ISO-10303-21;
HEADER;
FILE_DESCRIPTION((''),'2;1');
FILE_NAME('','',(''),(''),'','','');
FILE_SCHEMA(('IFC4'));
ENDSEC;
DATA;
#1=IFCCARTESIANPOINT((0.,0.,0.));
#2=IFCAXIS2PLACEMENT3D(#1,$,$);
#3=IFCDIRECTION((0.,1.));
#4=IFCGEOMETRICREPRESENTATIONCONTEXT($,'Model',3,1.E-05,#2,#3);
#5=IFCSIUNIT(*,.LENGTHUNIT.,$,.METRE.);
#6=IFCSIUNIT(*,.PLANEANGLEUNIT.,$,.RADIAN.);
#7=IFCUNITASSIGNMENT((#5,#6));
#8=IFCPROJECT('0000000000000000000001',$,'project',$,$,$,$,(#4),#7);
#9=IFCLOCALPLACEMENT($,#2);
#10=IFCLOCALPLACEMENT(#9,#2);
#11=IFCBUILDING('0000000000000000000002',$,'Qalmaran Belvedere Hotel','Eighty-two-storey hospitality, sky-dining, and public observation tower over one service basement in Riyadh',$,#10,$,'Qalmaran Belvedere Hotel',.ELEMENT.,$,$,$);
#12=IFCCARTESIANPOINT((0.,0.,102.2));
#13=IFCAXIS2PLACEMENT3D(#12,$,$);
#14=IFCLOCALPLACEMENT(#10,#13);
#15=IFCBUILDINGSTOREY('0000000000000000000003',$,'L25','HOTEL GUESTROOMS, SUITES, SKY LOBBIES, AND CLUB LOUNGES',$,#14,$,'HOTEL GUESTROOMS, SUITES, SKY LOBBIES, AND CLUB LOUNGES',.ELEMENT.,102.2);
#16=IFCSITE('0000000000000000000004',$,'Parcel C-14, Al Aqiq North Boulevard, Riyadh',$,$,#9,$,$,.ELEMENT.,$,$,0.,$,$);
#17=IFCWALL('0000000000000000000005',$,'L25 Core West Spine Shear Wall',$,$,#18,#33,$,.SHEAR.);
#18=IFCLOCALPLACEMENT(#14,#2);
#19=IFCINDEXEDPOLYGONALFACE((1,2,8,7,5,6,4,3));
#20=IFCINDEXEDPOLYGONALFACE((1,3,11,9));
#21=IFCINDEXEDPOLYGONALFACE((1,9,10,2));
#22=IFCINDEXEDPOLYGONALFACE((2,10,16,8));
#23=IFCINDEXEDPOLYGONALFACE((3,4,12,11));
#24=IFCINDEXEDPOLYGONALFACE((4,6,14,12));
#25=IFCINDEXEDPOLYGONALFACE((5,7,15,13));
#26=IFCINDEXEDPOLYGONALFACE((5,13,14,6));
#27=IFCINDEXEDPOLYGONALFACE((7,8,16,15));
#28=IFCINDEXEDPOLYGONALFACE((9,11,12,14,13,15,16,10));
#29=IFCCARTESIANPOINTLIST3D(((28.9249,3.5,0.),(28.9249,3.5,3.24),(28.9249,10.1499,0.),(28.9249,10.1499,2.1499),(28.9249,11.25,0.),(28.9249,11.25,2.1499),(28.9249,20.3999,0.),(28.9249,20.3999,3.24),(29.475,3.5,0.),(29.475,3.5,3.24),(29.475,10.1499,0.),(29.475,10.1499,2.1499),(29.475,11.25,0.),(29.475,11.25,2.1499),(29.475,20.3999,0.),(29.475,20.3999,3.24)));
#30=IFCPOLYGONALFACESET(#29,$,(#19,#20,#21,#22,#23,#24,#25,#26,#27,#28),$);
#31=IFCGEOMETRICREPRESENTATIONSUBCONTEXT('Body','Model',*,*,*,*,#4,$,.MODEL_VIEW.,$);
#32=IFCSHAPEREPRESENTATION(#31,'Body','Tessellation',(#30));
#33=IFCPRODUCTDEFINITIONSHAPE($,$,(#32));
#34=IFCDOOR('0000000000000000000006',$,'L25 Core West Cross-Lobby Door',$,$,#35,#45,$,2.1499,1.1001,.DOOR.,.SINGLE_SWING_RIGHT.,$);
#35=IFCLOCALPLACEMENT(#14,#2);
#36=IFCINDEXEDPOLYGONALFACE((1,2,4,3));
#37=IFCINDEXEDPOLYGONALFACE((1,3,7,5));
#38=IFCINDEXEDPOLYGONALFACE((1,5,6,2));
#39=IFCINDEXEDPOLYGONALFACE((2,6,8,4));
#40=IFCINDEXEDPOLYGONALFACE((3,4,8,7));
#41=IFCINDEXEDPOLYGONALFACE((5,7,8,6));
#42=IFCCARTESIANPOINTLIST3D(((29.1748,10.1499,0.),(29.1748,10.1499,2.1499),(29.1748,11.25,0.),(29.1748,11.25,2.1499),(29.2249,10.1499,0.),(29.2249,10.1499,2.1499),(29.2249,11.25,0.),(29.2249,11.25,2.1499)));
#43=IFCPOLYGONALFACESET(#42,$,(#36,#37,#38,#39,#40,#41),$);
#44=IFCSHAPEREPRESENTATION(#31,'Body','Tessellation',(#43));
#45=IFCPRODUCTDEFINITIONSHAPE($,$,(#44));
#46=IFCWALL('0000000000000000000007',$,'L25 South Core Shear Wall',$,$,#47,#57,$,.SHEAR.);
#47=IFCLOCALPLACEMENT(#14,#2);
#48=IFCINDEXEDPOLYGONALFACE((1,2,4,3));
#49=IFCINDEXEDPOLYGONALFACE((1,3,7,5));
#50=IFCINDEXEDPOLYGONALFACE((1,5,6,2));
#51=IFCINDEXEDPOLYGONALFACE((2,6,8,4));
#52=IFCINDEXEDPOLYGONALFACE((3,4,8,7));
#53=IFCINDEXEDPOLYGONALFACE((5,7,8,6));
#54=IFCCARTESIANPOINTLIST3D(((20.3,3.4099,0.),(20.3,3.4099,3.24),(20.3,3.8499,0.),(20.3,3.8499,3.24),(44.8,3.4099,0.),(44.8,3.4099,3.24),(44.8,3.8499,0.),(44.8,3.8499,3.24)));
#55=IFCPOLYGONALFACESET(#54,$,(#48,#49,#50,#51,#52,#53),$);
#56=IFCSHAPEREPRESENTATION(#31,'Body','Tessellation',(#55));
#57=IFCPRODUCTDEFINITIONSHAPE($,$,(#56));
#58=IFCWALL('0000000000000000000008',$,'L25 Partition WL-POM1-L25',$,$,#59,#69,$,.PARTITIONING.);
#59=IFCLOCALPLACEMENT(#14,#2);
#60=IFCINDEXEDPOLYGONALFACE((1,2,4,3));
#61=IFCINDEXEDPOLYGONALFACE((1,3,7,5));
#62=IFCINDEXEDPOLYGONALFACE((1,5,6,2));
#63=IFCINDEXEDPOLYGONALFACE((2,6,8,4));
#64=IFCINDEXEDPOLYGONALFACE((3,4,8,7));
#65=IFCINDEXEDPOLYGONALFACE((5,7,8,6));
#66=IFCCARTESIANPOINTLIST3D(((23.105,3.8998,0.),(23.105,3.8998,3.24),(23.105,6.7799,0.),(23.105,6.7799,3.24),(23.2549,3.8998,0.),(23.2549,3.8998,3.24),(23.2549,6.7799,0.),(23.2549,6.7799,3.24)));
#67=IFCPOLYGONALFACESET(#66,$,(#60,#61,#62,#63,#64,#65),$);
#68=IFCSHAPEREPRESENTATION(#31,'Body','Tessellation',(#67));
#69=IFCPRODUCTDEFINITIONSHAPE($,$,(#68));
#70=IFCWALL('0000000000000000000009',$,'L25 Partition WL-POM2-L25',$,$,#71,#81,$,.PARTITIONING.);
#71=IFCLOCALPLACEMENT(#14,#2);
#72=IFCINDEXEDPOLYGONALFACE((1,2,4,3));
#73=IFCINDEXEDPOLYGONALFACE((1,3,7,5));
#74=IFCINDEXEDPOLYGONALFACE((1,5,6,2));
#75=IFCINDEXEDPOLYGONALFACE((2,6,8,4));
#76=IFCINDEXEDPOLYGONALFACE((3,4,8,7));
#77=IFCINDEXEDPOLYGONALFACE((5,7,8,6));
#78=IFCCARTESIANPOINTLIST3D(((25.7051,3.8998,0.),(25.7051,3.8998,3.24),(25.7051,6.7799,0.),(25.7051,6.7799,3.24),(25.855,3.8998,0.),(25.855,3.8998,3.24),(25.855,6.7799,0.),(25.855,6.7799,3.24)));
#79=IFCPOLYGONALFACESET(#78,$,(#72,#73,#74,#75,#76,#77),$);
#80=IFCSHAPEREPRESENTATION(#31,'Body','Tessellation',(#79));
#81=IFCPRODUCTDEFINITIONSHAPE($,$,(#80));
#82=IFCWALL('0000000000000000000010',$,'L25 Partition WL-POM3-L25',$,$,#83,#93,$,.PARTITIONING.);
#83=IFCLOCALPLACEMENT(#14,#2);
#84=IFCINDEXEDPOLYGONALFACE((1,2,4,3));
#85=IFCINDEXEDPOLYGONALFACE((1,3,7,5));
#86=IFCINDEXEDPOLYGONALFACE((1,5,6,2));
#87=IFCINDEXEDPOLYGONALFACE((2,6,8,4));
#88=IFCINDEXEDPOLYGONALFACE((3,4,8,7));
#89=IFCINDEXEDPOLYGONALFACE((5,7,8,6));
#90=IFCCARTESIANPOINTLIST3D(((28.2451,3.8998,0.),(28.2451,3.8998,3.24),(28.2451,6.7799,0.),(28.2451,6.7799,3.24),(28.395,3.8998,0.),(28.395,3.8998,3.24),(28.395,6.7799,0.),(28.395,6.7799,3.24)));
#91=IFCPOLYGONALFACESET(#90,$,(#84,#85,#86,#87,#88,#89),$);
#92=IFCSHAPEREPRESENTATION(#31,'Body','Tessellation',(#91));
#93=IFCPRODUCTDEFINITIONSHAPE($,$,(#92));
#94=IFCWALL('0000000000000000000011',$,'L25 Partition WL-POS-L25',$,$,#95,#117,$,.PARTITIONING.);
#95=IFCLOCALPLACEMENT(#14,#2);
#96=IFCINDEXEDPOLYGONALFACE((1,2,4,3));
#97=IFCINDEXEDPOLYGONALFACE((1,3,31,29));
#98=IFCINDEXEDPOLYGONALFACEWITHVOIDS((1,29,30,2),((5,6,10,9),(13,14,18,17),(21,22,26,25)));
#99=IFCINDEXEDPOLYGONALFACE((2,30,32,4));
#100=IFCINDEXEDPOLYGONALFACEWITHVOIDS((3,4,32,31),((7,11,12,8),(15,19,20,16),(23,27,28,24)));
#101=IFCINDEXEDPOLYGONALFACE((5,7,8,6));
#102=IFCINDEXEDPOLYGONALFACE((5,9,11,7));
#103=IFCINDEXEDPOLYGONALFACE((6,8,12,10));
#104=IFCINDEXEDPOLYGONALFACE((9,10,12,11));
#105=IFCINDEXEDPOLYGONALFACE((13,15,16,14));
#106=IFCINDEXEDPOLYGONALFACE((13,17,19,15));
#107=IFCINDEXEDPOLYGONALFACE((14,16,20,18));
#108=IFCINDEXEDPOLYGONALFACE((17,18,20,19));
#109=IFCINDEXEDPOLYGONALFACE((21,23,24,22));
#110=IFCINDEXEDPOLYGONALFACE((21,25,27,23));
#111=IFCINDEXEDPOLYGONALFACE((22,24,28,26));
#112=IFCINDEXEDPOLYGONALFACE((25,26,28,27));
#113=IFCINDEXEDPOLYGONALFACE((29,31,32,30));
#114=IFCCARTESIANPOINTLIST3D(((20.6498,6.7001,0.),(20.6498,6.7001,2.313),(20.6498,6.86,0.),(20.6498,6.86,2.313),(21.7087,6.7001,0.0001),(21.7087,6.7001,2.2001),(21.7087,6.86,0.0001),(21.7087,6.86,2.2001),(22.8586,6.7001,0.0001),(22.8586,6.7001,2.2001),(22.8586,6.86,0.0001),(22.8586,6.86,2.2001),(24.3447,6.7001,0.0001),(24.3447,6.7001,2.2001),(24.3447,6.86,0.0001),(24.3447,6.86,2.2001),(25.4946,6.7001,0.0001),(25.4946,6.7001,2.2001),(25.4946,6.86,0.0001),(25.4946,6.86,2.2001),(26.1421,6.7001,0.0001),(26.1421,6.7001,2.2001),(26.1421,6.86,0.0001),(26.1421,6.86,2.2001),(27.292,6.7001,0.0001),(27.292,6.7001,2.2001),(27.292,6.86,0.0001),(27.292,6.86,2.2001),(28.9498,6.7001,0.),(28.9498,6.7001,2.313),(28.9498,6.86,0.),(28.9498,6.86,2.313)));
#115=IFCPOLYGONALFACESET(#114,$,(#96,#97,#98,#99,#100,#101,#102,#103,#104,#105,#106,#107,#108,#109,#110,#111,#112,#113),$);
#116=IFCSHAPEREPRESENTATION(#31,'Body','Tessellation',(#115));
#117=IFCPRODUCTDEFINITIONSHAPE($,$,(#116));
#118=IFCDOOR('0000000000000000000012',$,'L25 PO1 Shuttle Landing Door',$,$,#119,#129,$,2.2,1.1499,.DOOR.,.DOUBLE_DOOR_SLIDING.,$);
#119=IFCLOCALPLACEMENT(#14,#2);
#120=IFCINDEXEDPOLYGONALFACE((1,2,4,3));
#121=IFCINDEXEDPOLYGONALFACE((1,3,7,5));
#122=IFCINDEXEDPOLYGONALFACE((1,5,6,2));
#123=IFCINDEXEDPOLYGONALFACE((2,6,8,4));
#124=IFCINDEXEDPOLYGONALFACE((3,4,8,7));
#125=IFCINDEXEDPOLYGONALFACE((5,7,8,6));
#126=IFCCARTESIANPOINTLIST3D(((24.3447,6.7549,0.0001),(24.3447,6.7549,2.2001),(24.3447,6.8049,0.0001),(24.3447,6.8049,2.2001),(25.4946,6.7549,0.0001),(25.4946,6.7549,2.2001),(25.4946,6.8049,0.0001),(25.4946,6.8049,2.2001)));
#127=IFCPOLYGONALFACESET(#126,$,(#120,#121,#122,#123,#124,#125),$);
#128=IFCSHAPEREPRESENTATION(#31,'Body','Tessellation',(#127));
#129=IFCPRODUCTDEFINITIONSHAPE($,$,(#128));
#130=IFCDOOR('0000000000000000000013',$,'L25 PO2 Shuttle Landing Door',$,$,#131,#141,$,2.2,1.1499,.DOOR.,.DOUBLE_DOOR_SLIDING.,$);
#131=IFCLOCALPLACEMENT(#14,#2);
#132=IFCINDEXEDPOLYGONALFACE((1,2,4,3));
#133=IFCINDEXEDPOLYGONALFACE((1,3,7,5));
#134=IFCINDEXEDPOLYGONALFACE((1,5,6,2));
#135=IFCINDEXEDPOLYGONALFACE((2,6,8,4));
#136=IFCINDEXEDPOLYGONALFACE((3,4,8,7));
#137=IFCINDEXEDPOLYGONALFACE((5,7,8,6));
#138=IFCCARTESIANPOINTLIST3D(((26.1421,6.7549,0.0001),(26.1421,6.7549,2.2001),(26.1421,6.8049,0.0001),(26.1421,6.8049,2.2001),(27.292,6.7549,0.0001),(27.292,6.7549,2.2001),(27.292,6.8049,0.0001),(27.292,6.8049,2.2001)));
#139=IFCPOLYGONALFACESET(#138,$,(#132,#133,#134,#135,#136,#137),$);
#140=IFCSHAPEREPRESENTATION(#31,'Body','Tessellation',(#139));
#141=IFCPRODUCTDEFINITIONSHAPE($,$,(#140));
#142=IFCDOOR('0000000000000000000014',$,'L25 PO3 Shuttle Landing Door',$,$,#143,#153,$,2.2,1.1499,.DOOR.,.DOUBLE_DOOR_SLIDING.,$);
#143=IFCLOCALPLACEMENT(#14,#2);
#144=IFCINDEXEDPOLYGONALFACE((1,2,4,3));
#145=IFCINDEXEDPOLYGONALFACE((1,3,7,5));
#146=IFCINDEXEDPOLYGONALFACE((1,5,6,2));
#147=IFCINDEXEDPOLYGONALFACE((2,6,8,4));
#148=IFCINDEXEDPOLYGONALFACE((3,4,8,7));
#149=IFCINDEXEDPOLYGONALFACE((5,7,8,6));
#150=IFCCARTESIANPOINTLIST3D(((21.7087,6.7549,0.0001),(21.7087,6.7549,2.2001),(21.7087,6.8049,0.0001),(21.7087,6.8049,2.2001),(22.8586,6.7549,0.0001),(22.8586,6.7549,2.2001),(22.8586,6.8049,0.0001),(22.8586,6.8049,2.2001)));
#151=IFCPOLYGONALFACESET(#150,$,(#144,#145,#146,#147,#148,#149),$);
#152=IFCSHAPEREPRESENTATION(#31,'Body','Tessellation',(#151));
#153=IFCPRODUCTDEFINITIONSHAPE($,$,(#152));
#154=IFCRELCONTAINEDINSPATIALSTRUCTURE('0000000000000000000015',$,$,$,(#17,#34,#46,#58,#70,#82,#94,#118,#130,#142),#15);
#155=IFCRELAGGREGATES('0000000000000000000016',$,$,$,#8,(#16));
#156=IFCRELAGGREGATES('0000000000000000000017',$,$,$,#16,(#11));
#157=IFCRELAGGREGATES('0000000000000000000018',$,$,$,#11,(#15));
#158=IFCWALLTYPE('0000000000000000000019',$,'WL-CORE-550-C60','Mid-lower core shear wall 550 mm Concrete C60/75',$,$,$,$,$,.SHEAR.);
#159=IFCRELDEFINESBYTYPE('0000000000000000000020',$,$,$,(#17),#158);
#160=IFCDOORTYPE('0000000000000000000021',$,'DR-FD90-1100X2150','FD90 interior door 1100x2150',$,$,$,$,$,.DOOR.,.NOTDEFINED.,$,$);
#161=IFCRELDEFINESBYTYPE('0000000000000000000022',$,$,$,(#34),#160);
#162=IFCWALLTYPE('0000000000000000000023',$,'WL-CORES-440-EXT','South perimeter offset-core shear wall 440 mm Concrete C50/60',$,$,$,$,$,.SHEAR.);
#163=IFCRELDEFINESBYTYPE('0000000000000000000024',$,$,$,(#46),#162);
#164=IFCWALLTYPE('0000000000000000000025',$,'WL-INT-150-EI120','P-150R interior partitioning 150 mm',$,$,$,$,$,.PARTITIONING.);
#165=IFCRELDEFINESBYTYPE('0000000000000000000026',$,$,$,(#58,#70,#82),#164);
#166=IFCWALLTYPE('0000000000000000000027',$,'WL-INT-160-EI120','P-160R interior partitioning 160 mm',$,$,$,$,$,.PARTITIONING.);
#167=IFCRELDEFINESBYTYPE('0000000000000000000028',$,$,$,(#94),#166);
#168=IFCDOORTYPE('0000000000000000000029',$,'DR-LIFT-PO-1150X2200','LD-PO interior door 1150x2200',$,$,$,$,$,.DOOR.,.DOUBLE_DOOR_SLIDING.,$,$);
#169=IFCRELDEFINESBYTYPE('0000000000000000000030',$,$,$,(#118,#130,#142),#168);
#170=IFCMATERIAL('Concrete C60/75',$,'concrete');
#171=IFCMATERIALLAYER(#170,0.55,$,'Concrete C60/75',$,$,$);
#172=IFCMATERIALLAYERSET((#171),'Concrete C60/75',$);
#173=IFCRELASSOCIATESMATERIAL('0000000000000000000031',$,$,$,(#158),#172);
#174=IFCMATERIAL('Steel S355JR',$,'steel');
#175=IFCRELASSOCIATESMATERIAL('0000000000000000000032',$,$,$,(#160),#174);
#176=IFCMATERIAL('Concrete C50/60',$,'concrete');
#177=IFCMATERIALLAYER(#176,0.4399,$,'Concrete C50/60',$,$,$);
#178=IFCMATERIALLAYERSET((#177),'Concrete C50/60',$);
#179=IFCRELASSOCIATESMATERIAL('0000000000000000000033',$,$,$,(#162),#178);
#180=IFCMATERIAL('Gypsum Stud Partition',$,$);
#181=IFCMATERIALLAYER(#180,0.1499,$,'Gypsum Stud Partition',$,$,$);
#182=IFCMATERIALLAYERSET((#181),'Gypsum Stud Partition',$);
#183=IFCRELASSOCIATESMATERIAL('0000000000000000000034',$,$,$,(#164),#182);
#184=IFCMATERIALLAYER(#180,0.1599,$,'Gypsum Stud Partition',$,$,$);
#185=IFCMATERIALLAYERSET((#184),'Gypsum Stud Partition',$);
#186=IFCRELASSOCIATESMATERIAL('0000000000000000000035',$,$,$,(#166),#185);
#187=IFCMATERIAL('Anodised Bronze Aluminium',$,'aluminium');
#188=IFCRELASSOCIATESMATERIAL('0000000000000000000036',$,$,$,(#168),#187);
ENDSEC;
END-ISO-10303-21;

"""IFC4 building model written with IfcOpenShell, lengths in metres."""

from ifc_helpers import new_model, si_unit, direction, frame, frame_2d, origin, place, context, subcontext, project, spatial, rectangle, extrude, material, layer, layer_set, type_object, element, fill, save


model = new_model("IFC4")

# Units and contexts
model_context = context("Model", 3, precision=1e-05, world=origin(), true_north=direction((0.0, 1.0)))
body_context = subcontext(model_context, "Body", "Model", "MODEL_VIEW")
ifc_project = project(units=[si_unit("LENGTHUNIT", "METRE"), si_unit("PLANEANGLEUNIT", "RADIAN")], contexts=[model_context])

# Site, building, storey
site_placement = place(None, origin())
site = spatial("IfcSite", under=ifc_project, at=site_placement, Name="Parcel C-14, Al Aqiq North Boulevard, Riyadh", CompositionType="ELEMENT", RefElevation=0.0)
building_placement = place(site_placement, origin())
building = spatial("IfcBuilding", under=site, at=building_placement, Name="Qalmaran Belvedere Hotel", Description="Eighty-two-storey hospitality, sky-dining, and public observation tower over one service basement in Riyadh", LongName="Qalmaran Belvedere Hotel", CompositionType="ELEMENT")
storey_placement = place(building_placement, frame((0.0, 0.0, 102.2)))
storey = spatial("IfcBuildingStorey", under=building, at=storey_placement, Name="L25", Description="HOTEL GUESTROOMS, SUITES, SKY LOBBIES, AND CLUB LOUNGES", LongName="HOTEL GUESTROOMS, SUITES, SKY LOBBIES, AND CLUB LOUNGES", CompositionType="ELEMENT", Elevation=102.2)

# Shared definitions
ifc_material_1 = material(Name="Concrete C60/75", Category="concrete")

# Shared definitions
ifc_material_2 = material(Name="Steel S355JR", Category="steel")

# Shared definitions
ifc_material_3 = material(Name="Anodised Bronze Aluminium", Category="aluminium")

# Shared definitions
ifc_layer_1 = layer(ifc_material_1, 0.55, Name="Concrete C60/75")
ifc_layer_set_1 = layer_set([ifc_layer_1], Name="Concrete C60/75")
wall_type_1 = type_object("IfcWallType", Name="WL-CORE-550-C60", Description="Mid-lower core shear wall 550 mm Concrete C60/75", PredefinedType="SHEAR", material=ifc_layer_set_1)

# Wall, opening, door
wall_1_placement = place(storey_placement, frame((29.2, 3.5, 0.0), z_axis=(0.0, 0.0, 1.0), x_axis=(0.0, 1.0, 0.0)))
wall_1 = element("IfcWall", 1, at=wall_1_placement, inside=storey, type_object=wall_type_1, Name="L25 Core West Spine Shear Wall", PredefinedType="SHEAR", context=body_context, shape_type="SweptSolid", body=[
    extrude(rectangle(XDim=16.8999, YDim=0.55, at=frame_2d((8.45, 0.0))), origin(), (0.0, 0.0, 1.0), 3.24),
])
opening_1_placement = place(wall_1_placement, frame((7.75, 0.0, 0.0), z_axis=(0.0, 0.0, 1.0), x_axis=(-1.0, 0.0, 0.0)))
opening_1 = element("IfcOpeningElement", 2, at=opening_1_placement, cuts=wall_1, PredefinedType="OPENING", context=body_context, shape_type="SweptSolid", body=[
    extrude(rectangle(XDim=1.1001, YDim=2.1499, at=frame_2d((0.55, 1.075))), frame((0.0, 0.2852, 0.0), z_axis=(0.0, -1.0, 0.0), x_axis=(1.0, 0.0, 0.0)), (0.0, 0.0, 1.0), 0.5701),
])
door_type_1 = type_object("IfcDoorType", Name="DR-FD90-1100X2150", Description="FD90 interior door 1100x2150", OperationType="NOTDEFINED", PredefinedType="DOOR", material=ifc_material_2)
door_1_placement = place(opening_1_placement, origin())
door_1 = element("IfcDoor", 3, at=door_1_placement, inside=storey, type_object=door_type_1, Name="L25 Core West Cross-Lobby Door", OperationType="SINGLE_SWING_RIGHT", OverallHeight=2.1499, OverallWidth=1.1001, PredefinedType="DOOR", context=body_context, shape_type="SweptSolid", body=[
    extrude(rectangle(XDim=1.1001, YDim=2.1499, at=frame_2d((0.55, 1.075))), frame((0.0, 0.0249, 0.0), z_axis=(0.0, -1.0, 0.0), x_axis=(1.0, 0.0, 0.0)), (0.0, 0.0, 1.0), 0.05),
])
fill(opening_1, door_1)

# Walls
ifc_material_4 = material(Name="Concrete C50/60", Category="concrete")
ifc_layer_2 = layer(ifc_material_4, 0.4399, Name="Concrete C50/60")
ifc_layer_set_2 = layer_set([ifc_layer_2], Name="Concrete C50/60")
wall_type_2 = type_object("IfcWallType", Name="WL-CORES-440-EXT", Description="South perimeter offset-core shear wall 440 mm Concrete C50/60", PredefinedType="SHEAR", material=ifc_layer_set_2)
wall_2_placement = place(storey_placement, frame((20.3, 3.6299, 0.0), z_axis=(0.0, 0.0, 1.0), x_axis=(1.0, 0.0, 0.0)))
element("IfcWall", 4, at=wall_2_placement, inside=storey, type_object=wall_type_2, Name="L25 South Core Shear Wall", PredefinedType="SHEAR", context=body_context, shape_type="SweptSolid", body=[
    extrude(rectangle(XDim=24.5, YDim=0.4399, at=frame_2d((12.25, 0.0))), origin(), (0.0, 0.0, 1.0), 3.24),
])
ifc_material_5 = material(Name="Gypsum Stud Partition")
ifc_layer_3 = layer(ifc_material_5, 0.1499, Name="Gypsum Stud Partition")
ifc_layer_set_3 = layer_set([ifc_layer_3], Name="Gypsum Stud Partition")
wall_type_3 = type_object("IfcWallType", Name="WL-INT-150-EI120", Description="P-150R interior partitioning 150 mm", PredefinedType="PARTITIONING", material=ifc_layer_set_3)
for number, where, z_axis, x_axis, name in (
    (5, (23.1799, 3.8999, 0.0), (0.0, 0.0, 1.0), (0.0, 1.0, 0.0), "L25 Partition WL-POM1-L25"),
    (6, (25.78, 3.8999, 0.0), (0.0, 0.0, 1.0), (0.0, 1.0, 0.0), "L25 Partition WL-POM2-L25"),
    (7, (28.3201, 3.8999, 0.0), (0.0, 0.0, 1.0), (0.0, 1.0, 0.0), "L25 Partition WL-POM3-L25"),
):
    element("IfcWall", number, at=place(storey_placement, frame(where, z_axis=z_axis, x_axis=x_axis)), inside=storey, type_object=wall_type_3, Name=name, PredefinedType="PARTITIONING", context=body_context, shape_type="SweptSolid", body=[
        extrude(rectangle(XDim=2.8801, YDim=0.1499, at=frame_2d((1.4399, 0.0))), origin(), (0.0, 0.0, 1.0), 3.24),
    ])

# Wall, openings, doors
ifc_layer_4 = layer(ifc_material_5, 0.1599, Name="Gypsum Stud Partition")
ifc_layer_set_4 = layer_set([ifc_layer_4], Name="Gypsum Stud Partition")
wall_type_4 = type_object("IfcWallType", Name="WL-INT-160-EI120", Description="P-160R interior partitioning 160 mm", PredefinedType="PARTITIONING", material=ifc_layer_set_4)
wall_3_placement = place(storey_placement, frame((20.6499, 6.78, 0.0), z_axis=(0.0, 0.0, 1.0), x_axis=(1.0, 0.0, 0.0)))
wall_3 = element("IfcWall", 8, at=wall_3_placement, inside=storey, type_object=wall_type_4, Name="L25 Partition WL-POS-L25", PredefinedType="PARTITIONING", context=body_context, shape_type="SweptSolid", body=[
    extrude(rectangle(XDim=8.3, YDim=0.1599, at=frame_2d((4.1499, 0.0))), origin(), (0.0, 0.0, 1.0), 2.313),
])
opening_2_placement = place(wall_3_placement, frame((3.6948, 0.0, 0.0)))
opening_2 = element("IfcOpeningElement", 9, at=opening_2_placement, cuts=wall_3, PredefinedType="OPENING", context=body_context, shape_type="SweptSolid", body=[
    extrude(rectangle(XDim=1.1499, YDim=2.2, at=frame_2d((0.575, 1.1001))), frame((0.0, 0.0898, 0.0), z_axis=(0.0, -1.0, 0.0), x_axis=(1.0, 0.0, 0.0)), (0.0, 0.0, 1.0), 0.1799),
])
opening_3_placement = place(wall_3_placement, frame((5.4922, 0.0, 0.0)))
opening_3 = element("IfcOpeningElement", 10, at=opening_3_placement, cuts=wall_3, PredefinedType="OPENING", context=body_context, shape_type="SweptSolid", body=[
    extrude(rectangle(XDim=1.1499, YDim=2.2, at=frame_2d((0.575, 1.1001))), frame((0.0, 0.0898, 0.0), z_axis=(0.0, -1.0, 0.0), x_axis=(1.0, 0.0, 0.0)), (0.0, 0.0, 1.0), 0.1799),
])
opening_4_placement = place(wall_3_placement, frame((1.0588, 0.0, 0.0)))
opening_4 = element("IfcOpeningElement", 11, at=opening_4_placement, cuts=wall_3, PredefinedType="OPENING", context=body_context, shape_type="SweptSolid", body=[
    extrude(rectangle(XDim=1.1499, YDim=2.2, at=frame_2d((0.575, 1.1001))), frame((0.0, 0.0898, 0.0), z_axis=(0.0, -1.0, 0.0), x_axis=(1.0, 0.0, 0.0)), (0.0, 0.0, 1.0), 0.1799),
])
door_type_2 = type_object("IfcDoorType", Name="DR-LIFT-PO-1150X2200", Description="LD-PO interior door 1150x2200", OperationType="DOUBLE_DOOR_SLIDING", PredefinedType="DOOR", material=ifc_material_3)
door_2_placement = place(opening_2_placement, origin())
door_2 = element("IfcDoor", 12, at=door_2_placement, inside=storey, type_object=door_type_2, Name="L25 PO1 Shuttle Landing Door", OperationType="DOUBLE_DOOR_SLIDING", OverallHeight=2.2, OverallWidth=1.1499, PredefinedType="DOOR", context=body_context, shape_type="SweptSolid", body=[
    extrude(rectangle(XDim=1.1499, YDim=2.2, at=frame_2d((0.575, 1.1001))), frame((0.0, 0.0249, 0.0), z_axis=(0.0, -1.0, 0.0), x_axis=(1.0, 0.0, 0.0)), (0.0, 0.0, 1.0), 0.05),
])
fill(opening_2, door_2)
door_3_placement = place(opening_3_placement, origin())
door_3 = element("IfcDoor", 13, at=door_3_placement, inside=storey, type_object=door_type_2, Name="L25 PO2 Shuttle Landing Door", OperationType="DOUBLE_DOOR_SLIDING", OverallHeight=2.2, OverallWidth=1.1499, PredefinedType="DOOR", context=body_context, shape_type="SweptSolid", body=[
    extrude(rectangle(XDim=1.1499, YDim=2.2, at=frame_2d((0.575, 1.1001))), frame((0.0, 0.0249, 0.0), z_axis=(0.0, -1.0, 0.0), x_axis=(1.0, 0.0, 0.0)), (0.0, 0.0, 1.0), 0.05),
])
fill(opening_3, door_3)
door_4_placement = place(opening_4_placement, origin())
door_4 = element("IfcDoor", 14, at=door_4_placement, inside=storey, type_object=door_type_2, Name="L25 PO3 Shuttle Landing Door", OperationType="DOUBLE_DOOR_SLIDING", OverallHeight=2.2, OverallWidth=1.1499, PredefinedType="DOOR", context=body_context, shape_type="SweptSolid", body=[
    extrude(rectangle(XDim=1.1499, YDim=2.2, at=frame_2d((0.575, 1.1001))), frame((0.0, 0.0249, 0.0), z_axis=(0.0, -1.0, 0.0), x_axis=(1.0, 0.0, 0.0)), (0.0, 0.0, 1.0), 0.05),
])
fill(opening_4, door_4)

save(model, "model.ifc")
